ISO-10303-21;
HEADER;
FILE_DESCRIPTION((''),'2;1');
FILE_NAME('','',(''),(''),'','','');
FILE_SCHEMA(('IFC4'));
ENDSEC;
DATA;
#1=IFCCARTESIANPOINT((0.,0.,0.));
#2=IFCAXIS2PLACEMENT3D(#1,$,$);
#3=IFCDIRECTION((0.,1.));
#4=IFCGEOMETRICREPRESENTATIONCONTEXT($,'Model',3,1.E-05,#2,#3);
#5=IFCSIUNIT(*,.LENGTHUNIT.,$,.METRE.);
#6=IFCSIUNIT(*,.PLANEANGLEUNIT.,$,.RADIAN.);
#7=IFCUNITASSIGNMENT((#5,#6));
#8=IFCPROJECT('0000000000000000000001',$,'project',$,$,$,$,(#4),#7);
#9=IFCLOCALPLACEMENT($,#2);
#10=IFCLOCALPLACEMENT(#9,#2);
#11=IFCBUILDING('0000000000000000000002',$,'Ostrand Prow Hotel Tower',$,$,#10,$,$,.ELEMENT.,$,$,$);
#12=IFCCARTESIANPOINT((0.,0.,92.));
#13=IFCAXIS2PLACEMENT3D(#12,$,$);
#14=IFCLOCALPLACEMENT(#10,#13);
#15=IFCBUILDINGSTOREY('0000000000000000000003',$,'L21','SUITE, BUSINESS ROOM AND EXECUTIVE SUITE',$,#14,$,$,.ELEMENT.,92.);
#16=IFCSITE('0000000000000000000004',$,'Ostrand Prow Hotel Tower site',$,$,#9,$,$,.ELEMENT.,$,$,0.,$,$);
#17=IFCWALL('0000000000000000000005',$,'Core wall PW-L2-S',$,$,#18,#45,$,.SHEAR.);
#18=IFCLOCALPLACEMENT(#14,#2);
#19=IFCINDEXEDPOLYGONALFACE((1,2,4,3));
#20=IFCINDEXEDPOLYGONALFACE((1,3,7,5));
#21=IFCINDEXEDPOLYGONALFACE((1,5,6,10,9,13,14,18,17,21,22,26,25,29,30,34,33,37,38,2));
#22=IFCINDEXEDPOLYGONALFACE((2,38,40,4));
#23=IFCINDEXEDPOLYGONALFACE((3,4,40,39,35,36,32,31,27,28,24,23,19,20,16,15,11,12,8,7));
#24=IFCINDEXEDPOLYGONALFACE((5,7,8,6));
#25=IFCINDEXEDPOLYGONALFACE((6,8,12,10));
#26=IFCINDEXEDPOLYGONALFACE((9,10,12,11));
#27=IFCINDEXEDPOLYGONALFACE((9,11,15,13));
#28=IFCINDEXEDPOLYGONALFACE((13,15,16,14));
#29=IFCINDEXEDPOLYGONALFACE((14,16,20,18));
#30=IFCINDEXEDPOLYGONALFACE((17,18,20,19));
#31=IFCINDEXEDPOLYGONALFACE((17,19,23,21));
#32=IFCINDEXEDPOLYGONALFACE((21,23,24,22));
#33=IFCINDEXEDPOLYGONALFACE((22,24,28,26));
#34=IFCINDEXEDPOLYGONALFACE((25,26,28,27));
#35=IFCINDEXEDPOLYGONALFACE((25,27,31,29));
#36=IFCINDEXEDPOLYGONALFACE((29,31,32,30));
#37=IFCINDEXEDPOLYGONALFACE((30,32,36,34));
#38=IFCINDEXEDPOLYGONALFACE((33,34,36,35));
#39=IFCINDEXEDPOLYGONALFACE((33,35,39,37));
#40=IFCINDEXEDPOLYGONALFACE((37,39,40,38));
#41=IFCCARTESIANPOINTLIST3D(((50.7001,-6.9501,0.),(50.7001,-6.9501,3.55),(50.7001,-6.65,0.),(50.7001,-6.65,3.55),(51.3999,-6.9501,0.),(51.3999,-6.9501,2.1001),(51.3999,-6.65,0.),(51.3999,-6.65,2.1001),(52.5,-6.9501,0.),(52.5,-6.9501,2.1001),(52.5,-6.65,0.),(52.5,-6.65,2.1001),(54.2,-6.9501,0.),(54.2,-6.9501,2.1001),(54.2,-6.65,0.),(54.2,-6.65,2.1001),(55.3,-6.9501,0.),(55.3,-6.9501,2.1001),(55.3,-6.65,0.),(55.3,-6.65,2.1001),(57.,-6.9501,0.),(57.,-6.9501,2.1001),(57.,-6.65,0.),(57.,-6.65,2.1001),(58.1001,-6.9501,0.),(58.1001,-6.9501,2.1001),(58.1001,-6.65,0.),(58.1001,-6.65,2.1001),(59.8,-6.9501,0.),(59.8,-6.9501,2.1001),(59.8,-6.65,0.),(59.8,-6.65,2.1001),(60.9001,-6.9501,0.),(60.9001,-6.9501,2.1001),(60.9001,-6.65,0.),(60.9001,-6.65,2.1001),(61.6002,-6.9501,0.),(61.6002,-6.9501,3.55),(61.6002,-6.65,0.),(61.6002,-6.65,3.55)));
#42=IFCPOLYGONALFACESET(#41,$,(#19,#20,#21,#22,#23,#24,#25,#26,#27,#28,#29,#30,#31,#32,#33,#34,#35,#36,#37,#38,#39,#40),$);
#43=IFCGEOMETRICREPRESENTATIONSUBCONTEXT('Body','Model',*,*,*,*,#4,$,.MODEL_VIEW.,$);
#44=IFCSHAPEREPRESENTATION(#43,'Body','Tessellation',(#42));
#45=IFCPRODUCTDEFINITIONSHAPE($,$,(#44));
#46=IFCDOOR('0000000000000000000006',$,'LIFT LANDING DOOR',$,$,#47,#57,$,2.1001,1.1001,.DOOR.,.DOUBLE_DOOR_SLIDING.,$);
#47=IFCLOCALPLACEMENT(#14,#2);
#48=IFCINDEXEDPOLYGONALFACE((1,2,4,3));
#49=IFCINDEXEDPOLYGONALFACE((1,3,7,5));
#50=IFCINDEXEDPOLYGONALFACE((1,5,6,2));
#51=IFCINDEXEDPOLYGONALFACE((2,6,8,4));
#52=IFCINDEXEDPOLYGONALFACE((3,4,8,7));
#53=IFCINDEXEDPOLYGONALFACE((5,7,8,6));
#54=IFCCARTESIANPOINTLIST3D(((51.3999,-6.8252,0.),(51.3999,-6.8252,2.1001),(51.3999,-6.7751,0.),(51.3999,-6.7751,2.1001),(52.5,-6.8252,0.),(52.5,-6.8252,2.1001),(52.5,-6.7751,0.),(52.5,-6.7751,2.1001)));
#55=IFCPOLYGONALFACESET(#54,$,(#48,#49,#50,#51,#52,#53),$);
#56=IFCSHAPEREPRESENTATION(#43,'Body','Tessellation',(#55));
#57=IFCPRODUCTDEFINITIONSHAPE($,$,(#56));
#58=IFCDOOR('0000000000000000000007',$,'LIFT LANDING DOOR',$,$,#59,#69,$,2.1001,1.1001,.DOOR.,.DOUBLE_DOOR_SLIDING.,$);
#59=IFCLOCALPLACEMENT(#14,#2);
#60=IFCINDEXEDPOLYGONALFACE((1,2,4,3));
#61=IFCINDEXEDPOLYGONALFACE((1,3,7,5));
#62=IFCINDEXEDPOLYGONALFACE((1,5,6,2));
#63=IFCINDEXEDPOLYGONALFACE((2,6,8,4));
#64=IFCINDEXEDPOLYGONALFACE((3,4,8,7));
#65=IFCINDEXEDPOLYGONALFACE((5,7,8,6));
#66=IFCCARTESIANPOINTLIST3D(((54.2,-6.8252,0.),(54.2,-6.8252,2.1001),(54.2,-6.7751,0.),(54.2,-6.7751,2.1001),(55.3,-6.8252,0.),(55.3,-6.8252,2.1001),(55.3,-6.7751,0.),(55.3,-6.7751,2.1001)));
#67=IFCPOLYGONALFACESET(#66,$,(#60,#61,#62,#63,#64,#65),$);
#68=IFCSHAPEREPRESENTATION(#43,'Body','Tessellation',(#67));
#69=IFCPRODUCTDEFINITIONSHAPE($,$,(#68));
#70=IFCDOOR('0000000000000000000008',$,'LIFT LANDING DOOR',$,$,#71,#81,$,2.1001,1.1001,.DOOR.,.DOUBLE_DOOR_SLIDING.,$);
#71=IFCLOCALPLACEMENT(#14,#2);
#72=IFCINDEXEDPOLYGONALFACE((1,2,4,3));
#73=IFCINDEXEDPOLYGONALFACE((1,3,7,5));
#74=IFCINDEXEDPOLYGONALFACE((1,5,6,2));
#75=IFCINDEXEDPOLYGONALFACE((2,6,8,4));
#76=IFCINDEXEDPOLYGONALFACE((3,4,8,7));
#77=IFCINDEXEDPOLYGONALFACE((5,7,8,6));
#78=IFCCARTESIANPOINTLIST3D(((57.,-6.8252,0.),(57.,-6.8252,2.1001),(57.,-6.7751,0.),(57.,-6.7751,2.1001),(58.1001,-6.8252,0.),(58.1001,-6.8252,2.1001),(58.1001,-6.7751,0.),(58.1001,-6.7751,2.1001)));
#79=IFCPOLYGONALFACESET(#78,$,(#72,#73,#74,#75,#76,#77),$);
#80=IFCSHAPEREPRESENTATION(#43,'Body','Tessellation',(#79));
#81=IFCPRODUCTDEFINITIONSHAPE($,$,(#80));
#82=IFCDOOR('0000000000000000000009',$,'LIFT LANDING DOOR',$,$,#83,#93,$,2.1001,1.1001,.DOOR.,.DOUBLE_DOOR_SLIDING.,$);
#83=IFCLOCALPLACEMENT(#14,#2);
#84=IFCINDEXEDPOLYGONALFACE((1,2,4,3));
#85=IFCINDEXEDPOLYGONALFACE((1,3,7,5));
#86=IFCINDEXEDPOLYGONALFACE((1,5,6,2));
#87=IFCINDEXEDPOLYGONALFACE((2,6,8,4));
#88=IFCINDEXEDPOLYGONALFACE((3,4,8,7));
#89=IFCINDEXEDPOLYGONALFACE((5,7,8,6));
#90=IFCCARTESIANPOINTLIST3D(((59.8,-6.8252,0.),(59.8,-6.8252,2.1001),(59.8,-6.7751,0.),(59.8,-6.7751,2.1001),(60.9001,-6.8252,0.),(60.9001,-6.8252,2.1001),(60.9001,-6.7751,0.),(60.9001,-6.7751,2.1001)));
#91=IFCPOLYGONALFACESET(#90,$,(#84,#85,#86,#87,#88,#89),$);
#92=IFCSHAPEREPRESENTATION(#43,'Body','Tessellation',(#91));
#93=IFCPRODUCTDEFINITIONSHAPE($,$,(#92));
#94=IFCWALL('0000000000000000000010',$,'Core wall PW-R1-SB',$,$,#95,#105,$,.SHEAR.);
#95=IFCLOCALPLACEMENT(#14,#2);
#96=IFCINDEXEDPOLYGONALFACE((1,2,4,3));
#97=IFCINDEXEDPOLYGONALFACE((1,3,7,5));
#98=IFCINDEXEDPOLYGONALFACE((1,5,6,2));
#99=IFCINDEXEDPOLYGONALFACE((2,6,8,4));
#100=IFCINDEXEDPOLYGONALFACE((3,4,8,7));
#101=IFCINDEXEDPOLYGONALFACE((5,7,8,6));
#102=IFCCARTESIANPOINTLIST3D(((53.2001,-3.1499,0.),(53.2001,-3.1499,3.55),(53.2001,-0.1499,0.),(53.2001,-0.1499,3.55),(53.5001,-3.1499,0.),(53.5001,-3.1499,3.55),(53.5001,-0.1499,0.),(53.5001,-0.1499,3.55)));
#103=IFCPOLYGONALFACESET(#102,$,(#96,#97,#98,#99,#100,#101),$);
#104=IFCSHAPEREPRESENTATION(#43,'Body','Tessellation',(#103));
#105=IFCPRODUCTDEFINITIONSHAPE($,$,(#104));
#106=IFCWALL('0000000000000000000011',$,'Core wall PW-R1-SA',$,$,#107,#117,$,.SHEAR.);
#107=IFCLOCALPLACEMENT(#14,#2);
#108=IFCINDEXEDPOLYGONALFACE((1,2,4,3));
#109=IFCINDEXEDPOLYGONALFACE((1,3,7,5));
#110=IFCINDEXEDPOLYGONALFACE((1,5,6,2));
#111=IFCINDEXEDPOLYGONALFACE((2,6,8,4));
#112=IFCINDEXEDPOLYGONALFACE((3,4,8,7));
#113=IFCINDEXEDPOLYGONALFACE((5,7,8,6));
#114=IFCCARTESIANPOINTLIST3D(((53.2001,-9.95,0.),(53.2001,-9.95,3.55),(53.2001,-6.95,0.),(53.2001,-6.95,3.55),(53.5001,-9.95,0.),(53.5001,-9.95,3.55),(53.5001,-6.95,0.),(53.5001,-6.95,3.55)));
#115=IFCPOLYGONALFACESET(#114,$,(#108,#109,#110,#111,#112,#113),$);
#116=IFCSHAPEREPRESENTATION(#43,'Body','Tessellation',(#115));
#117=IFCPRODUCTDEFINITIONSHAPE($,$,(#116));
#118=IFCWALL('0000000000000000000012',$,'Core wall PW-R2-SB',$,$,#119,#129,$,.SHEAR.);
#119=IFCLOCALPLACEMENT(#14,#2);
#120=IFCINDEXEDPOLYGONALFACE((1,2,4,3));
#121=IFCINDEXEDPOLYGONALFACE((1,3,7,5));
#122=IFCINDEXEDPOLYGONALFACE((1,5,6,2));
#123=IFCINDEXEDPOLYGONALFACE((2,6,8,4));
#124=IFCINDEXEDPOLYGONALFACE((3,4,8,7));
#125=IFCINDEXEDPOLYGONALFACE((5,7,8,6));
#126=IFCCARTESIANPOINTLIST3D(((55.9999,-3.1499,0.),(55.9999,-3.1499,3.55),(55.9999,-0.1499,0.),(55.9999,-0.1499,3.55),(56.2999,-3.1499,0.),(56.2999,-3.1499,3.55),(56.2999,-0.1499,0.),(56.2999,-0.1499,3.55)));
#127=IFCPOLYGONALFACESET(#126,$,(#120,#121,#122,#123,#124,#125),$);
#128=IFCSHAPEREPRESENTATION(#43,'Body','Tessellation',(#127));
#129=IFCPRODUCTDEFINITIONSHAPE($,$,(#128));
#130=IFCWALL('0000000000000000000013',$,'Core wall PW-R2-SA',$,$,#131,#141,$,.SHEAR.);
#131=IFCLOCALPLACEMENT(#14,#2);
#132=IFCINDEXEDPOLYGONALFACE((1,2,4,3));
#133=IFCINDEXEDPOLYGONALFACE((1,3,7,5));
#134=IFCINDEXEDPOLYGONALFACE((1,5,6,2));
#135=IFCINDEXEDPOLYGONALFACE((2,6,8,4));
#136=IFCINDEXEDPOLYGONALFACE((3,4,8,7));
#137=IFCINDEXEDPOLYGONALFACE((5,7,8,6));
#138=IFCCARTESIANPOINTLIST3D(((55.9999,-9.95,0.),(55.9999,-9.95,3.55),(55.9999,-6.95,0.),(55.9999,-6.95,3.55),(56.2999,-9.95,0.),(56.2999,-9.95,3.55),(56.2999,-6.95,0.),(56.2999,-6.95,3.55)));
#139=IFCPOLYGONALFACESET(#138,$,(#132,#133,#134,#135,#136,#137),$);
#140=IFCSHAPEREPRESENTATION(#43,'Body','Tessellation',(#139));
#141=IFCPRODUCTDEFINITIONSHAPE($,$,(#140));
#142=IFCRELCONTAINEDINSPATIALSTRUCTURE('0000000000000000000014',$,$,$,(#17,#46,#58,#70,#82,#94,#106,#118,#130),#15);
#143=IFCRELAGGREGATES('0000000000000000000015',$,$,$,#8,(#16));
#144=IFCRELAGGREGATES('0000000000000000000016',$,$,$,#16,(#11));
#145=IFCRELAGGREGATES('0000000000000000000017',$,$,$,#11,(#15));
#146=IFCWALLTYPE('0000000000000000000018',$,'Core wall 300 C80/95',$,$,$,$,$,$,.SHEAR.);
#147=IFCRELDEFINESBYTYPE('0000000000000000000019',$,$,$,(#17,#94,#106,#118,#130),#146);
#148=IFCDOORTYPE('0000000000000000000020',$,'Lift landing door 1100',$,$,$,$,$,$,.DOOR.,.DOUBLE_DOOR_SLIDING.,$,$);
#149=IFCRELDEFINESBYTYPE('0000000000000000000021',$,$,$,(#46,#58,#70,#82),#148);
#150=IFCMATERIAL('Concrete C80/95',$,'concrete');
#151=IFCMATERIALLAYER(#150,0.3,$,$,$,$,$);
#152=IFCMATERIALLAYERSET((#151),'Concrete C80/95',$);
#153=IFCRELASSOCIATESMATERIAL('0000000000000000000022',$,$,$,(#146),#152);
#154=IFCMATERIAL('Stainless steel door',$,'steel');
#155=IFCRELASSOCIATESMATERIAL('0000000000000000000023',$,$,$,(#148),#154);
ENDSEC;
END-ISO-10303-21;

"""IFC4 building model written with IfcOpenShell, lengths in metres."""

from ifc_helpers import new_model, si_unit, direction, frame, frame_2d, origin, place, context, subcontext, project, spatial, rectangle, extrude, material, layer, layer_set, type_object, element, fill, save


model = new_model("IFC4")

# Units and contexts
model_context = context("Model", 3, precision=1e-05, world=origin(), true_north=direction((0.0, 1.0)))
body_context = subcontext(model_context, "Body", "Model", "MODEL_VIEW")
ifc_project = project(units=[si_unit("LENGTHUNIT", "METRE"), si_unit("PLANEANGLEUNIT", "RADIAN")], contexts=[model_context])

# Site, building, storey
site_placement = place(None, origin())
site = spatial("IfcSite", under=ifc_project, at=site_placement, Name="Ostrand Prow Hotel Tower site", CompositionType="ELEMENT", RefElevation=0.0)
building_placement = place(site_placement, origin())
building = spatial("IfcBuilding", under=site, at=building_placement, Name="Ostrand Prow Hotel Tower", CompositionType="ELEMENT")
storey_placement = place(building_placement, frame((0.0, 0.0, 92.0)))
storey = spatial("IfcBuildingStorey", under=building, at=storey_placement, Name="L21", Description="SUITE, BUSINESS ROOM AND EXECUTIVE SUITE", CompositionType="ELEMENT", Elevation=92.0)

# Shared definitions
ifc_material_1 = material(Name="Concrete C80/95", Category="concrete")
ifc_layer_1 = layer(ifc_material_1, 0.3)
ifc_layer_set_1 = layer_set([ifc_layer_1], Name="Concrete C80/95")
wall_type_1 = type_object("IfcWallType", Name="Core wall 300 C80/95", PredefinedType="SHEAR", material=ifc_layer_set_1)

# Wall, openings, doors
wall_1_placement = place(storey_placement, frame((50.7, -6.8, 0.0), z_axis=(0.0, 0.0, 1.0), x_axis=(1.0, 0.0, 0.0)))
wall_1 = element("IfcWall", 1, at=wall_1_placement, inside=storey, type_object=wall_type_1, Name="Core wall PW-L2-S", PredefinedType="SHEAR", context=body_context, shape_type="SweptSolid", body=[
    extrude(rectangle(XDim=10.9001, YDim=0.3, at=frame_2d((5.4502, 0.0))), origin(), (0.0, 0.0, 1.0), 3.55),
])
opening_1_placement = place(wall_1_placement, frame((0.7, 0.0, 0.0)))
opening_1 = element("IfcOpeningElement", 2, at=opening_1_placement, cuts=wall_1, PredefinedType="OPENING", context=body_context, shape_type="SweptSolid", body=[
    extrude(rectangle(XDim=1.1001, YDim=2.1001, at=frame_2d((0.55, 1.05))), frame((0.0, 0.1599, 0.0), z_axis=(0.0, -1.0, 0.0), x_axis=(1.0, 0.0, 0.0)), (0.0, 0.0, 1.0), 0.3201),
])
opening_2_placement = place(wall_1_placement, frame((3.5, 0.0, 0.0)))
opening_2 = element("IfcOpeningElement", 3, at=opening_2_placement, cuts=wall_1, PredefinedType="OPENING", context=body_context, shape_type="SweptSolid", body=[
    extrude(rectangle(XDim=1.1001, YDim=2.1001, at=frame_2d((0.55, 1.05))), frame((0.0, 0.1599, 0.0), z_axis=(0.0, -1.0, 0.0), x_axis=(1.0, 0.0, 0.0)), (0.0, 0.0, 1.0), 0.3201),
])
opening_3_placement = place(wall_1_placement, frame((6.3, 0.0, 0.0)))
opening_3 = element("IfcOpeningElement", 4, at=opening_3_placement, cuts=wall_1, PredefinedType="OPENING", context=body_context, shape_type="SweptSolid", body=[
    extrude(rectangle(XDim=1.1001, YDim=2.1001, at=frame_2d((0.55, 1.05))), frame((0.0, 0.1599, 0.0), z_axis=(0.0, -1.0, 0.0), x_axis=(1.0, 0.0, 0.0)), (0.0, 0.0, 1.0), 0.3201),
])
opening_4_placement = place(wall_1_placement, frame((9.1001, 0.0, 0.0)))
opening_4 = element("IfcOpeningElement", 5, at=opening_4_placement, cuts=wall_1, PredefinedType="OPENING", context=body_context, shape_type="SweptSolid", body=[
    extrude(rectangle(XDim=1.1001, YDim=2.1001, at=frame_2d((0.55, 1.05))), frame((0.0, 0.1599, 0.0), z_axis=(0.0, -1.0, 0.0), x_axis=(1.0, 0.0, 0.0)), (0.0, 0.0, 1.0), 0.3201),
])
ifc_material_2 = material(Name="Stainless steel door", Category="steel")
door_type_1 = type_object("IfcDoorType", Name="Lift landing door 1100", OperationType="DOUBLE_DOOR_SLIDING", PredefinedType="DOOR", material=ifc_material_2)
door_1_placement = place(opening_1_placement, origin())
door_1 = element("IfcDoor", 6, at=door_1_placement, inside=storey, type_object=door_type_1, Name="LIFT LANDING DOOR", OperationType="DOUBLE_DOOR_SLIDING", OverallHeight=2.1001, OverallWidth=1.1001, PredefinedType="DOOR", context=body_context, shape_type="SweptSolid", body=[
    extrude(rectangle(XDim=1.1001, YDim=2.1001, at=frame_2d((0.55, 1.05))), frame((0.0, 0.0249, 0.0), z_axis=(0.0, -1.0, 0.0), x_axis=(1.0, 0.0, 0.0)), (0.0, 0.0, 1.0), 0.05),
])
fill(opening_1, door_1)
door_2_placement = place(opening_2_placement, origin())
door_2 = element("IfcDoor", 7, at=door_2_placement, inside=storey, type_object=door_type_1, Name="LIFT LANDING DOOR", OperationType="DOUBLE_DOOR_SLIDING", OverallHeight=2.1001, OverallWidth=1.1001, PredefinedType="DOOR", context=body_context, shape_type="SweptSolid", body=[
    extrude(rectangle(XDim=1.1001, YDim=2.1001, at=frame_2d((0.55, 1.05))), frame((0.0, 0.0249, 0.0), z_axis=(0.0, -1.0, 0.0), x_axis=(1.0, 0.0, 0.0)), (0.0, 0.0, 1.0), 0.05),
])
fill(opening_2, door_2)
door_3_placement = place(opening_3_placement, origin())
door_3 = element("IfcDoor", 8, at=door_3_placement, inside=storey, type_object=door_type_1, Name="LIFT LANDING DOOR", OperationType="DOUBLE_DOOR_SLIDING", OverallHeight=2.1001, OverallWidth=1.1001, PredefinedType="DOOR", context=body_context, shape_type="SweptSolid", body=[
    extrude(rectangle(XDim=1.1001, YDim=2.1001, at=frame_2d((0.55, 1.05))), frame((0.0, 0.0249, 0.0), z_axis=(0.0, -1.0, 0.0), x_axis=(1.0, 0.0, 0.0)), (0.0, 0.0, 1.0), 0.05),
])
fill(opening_3, door_3)
door_4_placement = place(opening_4_placement, origin())
door_4 = element("IfcDoor", 9, at=door_4_placement, inside=storey, type_object=door_type_1, Name="LIFT LANDING DOOR", OperationType="DOUBLE_DOOR_SLIDING", OverallHeight=2.1001, OverallWidth=1.1001, PredefinedType="DOOR", context=body_context, shape_type="SweptSolid", body=[
    extrude(rectangle(XDim=1.1001, YDim=2.1001, at=frame_2d((0.55, 1.05))), frame((0.0, 0.0249, 0.0), z_axis=(0.0, -1.0, 0.0), x_axis=(1.0, 0.0, 0.0)), (0.0, 0.0, 1.0), 0.05),
])
fill(opening_4, door_4)

# Walls
for number, where, z_axis, x_axis, name in (
    (10, (53.3501, -3.1499, 0.0), (0.0, 0.0, 1.0), (0.0, 1.0, 0.0), "Core wall PW-R1-SB"),
    (11, (53.3501, -9.95, 0.0), (0.0, 0.0, 1.0), (0.0, 1.0, 0.0), "Core wall PW-R1-SA"),
    (12, (56.1499, -3.1499, 0.0), (0.0, 0.0, 1.0), (0.0, 1.0, 0.0), "Core wall PW-R2-SB"),
    (13, (56.1499, -9.95, 0.0), (0.0, 0.0, 1.0), (0.0, 1.0, 0.0), "Core wall PW-R2-SA"),
):
    element("IfcWall", number, at=place(storey_placement, frame(where, z_axis=z_axis, x_axis=x_axis)), inside=storey, type_object=wall_type_1, Name=name, PredefinedType="SHEAR", context=body_context, shape_type="SweptSolid", body=[
        extrude(rectangle(XDim=3.0, YDim=0.3, at=frame_2d((1.5, 0.0))), origin(), (0.0, 0.0, 1.0), 3.55),
    ])

save(model, "model.ifc")
